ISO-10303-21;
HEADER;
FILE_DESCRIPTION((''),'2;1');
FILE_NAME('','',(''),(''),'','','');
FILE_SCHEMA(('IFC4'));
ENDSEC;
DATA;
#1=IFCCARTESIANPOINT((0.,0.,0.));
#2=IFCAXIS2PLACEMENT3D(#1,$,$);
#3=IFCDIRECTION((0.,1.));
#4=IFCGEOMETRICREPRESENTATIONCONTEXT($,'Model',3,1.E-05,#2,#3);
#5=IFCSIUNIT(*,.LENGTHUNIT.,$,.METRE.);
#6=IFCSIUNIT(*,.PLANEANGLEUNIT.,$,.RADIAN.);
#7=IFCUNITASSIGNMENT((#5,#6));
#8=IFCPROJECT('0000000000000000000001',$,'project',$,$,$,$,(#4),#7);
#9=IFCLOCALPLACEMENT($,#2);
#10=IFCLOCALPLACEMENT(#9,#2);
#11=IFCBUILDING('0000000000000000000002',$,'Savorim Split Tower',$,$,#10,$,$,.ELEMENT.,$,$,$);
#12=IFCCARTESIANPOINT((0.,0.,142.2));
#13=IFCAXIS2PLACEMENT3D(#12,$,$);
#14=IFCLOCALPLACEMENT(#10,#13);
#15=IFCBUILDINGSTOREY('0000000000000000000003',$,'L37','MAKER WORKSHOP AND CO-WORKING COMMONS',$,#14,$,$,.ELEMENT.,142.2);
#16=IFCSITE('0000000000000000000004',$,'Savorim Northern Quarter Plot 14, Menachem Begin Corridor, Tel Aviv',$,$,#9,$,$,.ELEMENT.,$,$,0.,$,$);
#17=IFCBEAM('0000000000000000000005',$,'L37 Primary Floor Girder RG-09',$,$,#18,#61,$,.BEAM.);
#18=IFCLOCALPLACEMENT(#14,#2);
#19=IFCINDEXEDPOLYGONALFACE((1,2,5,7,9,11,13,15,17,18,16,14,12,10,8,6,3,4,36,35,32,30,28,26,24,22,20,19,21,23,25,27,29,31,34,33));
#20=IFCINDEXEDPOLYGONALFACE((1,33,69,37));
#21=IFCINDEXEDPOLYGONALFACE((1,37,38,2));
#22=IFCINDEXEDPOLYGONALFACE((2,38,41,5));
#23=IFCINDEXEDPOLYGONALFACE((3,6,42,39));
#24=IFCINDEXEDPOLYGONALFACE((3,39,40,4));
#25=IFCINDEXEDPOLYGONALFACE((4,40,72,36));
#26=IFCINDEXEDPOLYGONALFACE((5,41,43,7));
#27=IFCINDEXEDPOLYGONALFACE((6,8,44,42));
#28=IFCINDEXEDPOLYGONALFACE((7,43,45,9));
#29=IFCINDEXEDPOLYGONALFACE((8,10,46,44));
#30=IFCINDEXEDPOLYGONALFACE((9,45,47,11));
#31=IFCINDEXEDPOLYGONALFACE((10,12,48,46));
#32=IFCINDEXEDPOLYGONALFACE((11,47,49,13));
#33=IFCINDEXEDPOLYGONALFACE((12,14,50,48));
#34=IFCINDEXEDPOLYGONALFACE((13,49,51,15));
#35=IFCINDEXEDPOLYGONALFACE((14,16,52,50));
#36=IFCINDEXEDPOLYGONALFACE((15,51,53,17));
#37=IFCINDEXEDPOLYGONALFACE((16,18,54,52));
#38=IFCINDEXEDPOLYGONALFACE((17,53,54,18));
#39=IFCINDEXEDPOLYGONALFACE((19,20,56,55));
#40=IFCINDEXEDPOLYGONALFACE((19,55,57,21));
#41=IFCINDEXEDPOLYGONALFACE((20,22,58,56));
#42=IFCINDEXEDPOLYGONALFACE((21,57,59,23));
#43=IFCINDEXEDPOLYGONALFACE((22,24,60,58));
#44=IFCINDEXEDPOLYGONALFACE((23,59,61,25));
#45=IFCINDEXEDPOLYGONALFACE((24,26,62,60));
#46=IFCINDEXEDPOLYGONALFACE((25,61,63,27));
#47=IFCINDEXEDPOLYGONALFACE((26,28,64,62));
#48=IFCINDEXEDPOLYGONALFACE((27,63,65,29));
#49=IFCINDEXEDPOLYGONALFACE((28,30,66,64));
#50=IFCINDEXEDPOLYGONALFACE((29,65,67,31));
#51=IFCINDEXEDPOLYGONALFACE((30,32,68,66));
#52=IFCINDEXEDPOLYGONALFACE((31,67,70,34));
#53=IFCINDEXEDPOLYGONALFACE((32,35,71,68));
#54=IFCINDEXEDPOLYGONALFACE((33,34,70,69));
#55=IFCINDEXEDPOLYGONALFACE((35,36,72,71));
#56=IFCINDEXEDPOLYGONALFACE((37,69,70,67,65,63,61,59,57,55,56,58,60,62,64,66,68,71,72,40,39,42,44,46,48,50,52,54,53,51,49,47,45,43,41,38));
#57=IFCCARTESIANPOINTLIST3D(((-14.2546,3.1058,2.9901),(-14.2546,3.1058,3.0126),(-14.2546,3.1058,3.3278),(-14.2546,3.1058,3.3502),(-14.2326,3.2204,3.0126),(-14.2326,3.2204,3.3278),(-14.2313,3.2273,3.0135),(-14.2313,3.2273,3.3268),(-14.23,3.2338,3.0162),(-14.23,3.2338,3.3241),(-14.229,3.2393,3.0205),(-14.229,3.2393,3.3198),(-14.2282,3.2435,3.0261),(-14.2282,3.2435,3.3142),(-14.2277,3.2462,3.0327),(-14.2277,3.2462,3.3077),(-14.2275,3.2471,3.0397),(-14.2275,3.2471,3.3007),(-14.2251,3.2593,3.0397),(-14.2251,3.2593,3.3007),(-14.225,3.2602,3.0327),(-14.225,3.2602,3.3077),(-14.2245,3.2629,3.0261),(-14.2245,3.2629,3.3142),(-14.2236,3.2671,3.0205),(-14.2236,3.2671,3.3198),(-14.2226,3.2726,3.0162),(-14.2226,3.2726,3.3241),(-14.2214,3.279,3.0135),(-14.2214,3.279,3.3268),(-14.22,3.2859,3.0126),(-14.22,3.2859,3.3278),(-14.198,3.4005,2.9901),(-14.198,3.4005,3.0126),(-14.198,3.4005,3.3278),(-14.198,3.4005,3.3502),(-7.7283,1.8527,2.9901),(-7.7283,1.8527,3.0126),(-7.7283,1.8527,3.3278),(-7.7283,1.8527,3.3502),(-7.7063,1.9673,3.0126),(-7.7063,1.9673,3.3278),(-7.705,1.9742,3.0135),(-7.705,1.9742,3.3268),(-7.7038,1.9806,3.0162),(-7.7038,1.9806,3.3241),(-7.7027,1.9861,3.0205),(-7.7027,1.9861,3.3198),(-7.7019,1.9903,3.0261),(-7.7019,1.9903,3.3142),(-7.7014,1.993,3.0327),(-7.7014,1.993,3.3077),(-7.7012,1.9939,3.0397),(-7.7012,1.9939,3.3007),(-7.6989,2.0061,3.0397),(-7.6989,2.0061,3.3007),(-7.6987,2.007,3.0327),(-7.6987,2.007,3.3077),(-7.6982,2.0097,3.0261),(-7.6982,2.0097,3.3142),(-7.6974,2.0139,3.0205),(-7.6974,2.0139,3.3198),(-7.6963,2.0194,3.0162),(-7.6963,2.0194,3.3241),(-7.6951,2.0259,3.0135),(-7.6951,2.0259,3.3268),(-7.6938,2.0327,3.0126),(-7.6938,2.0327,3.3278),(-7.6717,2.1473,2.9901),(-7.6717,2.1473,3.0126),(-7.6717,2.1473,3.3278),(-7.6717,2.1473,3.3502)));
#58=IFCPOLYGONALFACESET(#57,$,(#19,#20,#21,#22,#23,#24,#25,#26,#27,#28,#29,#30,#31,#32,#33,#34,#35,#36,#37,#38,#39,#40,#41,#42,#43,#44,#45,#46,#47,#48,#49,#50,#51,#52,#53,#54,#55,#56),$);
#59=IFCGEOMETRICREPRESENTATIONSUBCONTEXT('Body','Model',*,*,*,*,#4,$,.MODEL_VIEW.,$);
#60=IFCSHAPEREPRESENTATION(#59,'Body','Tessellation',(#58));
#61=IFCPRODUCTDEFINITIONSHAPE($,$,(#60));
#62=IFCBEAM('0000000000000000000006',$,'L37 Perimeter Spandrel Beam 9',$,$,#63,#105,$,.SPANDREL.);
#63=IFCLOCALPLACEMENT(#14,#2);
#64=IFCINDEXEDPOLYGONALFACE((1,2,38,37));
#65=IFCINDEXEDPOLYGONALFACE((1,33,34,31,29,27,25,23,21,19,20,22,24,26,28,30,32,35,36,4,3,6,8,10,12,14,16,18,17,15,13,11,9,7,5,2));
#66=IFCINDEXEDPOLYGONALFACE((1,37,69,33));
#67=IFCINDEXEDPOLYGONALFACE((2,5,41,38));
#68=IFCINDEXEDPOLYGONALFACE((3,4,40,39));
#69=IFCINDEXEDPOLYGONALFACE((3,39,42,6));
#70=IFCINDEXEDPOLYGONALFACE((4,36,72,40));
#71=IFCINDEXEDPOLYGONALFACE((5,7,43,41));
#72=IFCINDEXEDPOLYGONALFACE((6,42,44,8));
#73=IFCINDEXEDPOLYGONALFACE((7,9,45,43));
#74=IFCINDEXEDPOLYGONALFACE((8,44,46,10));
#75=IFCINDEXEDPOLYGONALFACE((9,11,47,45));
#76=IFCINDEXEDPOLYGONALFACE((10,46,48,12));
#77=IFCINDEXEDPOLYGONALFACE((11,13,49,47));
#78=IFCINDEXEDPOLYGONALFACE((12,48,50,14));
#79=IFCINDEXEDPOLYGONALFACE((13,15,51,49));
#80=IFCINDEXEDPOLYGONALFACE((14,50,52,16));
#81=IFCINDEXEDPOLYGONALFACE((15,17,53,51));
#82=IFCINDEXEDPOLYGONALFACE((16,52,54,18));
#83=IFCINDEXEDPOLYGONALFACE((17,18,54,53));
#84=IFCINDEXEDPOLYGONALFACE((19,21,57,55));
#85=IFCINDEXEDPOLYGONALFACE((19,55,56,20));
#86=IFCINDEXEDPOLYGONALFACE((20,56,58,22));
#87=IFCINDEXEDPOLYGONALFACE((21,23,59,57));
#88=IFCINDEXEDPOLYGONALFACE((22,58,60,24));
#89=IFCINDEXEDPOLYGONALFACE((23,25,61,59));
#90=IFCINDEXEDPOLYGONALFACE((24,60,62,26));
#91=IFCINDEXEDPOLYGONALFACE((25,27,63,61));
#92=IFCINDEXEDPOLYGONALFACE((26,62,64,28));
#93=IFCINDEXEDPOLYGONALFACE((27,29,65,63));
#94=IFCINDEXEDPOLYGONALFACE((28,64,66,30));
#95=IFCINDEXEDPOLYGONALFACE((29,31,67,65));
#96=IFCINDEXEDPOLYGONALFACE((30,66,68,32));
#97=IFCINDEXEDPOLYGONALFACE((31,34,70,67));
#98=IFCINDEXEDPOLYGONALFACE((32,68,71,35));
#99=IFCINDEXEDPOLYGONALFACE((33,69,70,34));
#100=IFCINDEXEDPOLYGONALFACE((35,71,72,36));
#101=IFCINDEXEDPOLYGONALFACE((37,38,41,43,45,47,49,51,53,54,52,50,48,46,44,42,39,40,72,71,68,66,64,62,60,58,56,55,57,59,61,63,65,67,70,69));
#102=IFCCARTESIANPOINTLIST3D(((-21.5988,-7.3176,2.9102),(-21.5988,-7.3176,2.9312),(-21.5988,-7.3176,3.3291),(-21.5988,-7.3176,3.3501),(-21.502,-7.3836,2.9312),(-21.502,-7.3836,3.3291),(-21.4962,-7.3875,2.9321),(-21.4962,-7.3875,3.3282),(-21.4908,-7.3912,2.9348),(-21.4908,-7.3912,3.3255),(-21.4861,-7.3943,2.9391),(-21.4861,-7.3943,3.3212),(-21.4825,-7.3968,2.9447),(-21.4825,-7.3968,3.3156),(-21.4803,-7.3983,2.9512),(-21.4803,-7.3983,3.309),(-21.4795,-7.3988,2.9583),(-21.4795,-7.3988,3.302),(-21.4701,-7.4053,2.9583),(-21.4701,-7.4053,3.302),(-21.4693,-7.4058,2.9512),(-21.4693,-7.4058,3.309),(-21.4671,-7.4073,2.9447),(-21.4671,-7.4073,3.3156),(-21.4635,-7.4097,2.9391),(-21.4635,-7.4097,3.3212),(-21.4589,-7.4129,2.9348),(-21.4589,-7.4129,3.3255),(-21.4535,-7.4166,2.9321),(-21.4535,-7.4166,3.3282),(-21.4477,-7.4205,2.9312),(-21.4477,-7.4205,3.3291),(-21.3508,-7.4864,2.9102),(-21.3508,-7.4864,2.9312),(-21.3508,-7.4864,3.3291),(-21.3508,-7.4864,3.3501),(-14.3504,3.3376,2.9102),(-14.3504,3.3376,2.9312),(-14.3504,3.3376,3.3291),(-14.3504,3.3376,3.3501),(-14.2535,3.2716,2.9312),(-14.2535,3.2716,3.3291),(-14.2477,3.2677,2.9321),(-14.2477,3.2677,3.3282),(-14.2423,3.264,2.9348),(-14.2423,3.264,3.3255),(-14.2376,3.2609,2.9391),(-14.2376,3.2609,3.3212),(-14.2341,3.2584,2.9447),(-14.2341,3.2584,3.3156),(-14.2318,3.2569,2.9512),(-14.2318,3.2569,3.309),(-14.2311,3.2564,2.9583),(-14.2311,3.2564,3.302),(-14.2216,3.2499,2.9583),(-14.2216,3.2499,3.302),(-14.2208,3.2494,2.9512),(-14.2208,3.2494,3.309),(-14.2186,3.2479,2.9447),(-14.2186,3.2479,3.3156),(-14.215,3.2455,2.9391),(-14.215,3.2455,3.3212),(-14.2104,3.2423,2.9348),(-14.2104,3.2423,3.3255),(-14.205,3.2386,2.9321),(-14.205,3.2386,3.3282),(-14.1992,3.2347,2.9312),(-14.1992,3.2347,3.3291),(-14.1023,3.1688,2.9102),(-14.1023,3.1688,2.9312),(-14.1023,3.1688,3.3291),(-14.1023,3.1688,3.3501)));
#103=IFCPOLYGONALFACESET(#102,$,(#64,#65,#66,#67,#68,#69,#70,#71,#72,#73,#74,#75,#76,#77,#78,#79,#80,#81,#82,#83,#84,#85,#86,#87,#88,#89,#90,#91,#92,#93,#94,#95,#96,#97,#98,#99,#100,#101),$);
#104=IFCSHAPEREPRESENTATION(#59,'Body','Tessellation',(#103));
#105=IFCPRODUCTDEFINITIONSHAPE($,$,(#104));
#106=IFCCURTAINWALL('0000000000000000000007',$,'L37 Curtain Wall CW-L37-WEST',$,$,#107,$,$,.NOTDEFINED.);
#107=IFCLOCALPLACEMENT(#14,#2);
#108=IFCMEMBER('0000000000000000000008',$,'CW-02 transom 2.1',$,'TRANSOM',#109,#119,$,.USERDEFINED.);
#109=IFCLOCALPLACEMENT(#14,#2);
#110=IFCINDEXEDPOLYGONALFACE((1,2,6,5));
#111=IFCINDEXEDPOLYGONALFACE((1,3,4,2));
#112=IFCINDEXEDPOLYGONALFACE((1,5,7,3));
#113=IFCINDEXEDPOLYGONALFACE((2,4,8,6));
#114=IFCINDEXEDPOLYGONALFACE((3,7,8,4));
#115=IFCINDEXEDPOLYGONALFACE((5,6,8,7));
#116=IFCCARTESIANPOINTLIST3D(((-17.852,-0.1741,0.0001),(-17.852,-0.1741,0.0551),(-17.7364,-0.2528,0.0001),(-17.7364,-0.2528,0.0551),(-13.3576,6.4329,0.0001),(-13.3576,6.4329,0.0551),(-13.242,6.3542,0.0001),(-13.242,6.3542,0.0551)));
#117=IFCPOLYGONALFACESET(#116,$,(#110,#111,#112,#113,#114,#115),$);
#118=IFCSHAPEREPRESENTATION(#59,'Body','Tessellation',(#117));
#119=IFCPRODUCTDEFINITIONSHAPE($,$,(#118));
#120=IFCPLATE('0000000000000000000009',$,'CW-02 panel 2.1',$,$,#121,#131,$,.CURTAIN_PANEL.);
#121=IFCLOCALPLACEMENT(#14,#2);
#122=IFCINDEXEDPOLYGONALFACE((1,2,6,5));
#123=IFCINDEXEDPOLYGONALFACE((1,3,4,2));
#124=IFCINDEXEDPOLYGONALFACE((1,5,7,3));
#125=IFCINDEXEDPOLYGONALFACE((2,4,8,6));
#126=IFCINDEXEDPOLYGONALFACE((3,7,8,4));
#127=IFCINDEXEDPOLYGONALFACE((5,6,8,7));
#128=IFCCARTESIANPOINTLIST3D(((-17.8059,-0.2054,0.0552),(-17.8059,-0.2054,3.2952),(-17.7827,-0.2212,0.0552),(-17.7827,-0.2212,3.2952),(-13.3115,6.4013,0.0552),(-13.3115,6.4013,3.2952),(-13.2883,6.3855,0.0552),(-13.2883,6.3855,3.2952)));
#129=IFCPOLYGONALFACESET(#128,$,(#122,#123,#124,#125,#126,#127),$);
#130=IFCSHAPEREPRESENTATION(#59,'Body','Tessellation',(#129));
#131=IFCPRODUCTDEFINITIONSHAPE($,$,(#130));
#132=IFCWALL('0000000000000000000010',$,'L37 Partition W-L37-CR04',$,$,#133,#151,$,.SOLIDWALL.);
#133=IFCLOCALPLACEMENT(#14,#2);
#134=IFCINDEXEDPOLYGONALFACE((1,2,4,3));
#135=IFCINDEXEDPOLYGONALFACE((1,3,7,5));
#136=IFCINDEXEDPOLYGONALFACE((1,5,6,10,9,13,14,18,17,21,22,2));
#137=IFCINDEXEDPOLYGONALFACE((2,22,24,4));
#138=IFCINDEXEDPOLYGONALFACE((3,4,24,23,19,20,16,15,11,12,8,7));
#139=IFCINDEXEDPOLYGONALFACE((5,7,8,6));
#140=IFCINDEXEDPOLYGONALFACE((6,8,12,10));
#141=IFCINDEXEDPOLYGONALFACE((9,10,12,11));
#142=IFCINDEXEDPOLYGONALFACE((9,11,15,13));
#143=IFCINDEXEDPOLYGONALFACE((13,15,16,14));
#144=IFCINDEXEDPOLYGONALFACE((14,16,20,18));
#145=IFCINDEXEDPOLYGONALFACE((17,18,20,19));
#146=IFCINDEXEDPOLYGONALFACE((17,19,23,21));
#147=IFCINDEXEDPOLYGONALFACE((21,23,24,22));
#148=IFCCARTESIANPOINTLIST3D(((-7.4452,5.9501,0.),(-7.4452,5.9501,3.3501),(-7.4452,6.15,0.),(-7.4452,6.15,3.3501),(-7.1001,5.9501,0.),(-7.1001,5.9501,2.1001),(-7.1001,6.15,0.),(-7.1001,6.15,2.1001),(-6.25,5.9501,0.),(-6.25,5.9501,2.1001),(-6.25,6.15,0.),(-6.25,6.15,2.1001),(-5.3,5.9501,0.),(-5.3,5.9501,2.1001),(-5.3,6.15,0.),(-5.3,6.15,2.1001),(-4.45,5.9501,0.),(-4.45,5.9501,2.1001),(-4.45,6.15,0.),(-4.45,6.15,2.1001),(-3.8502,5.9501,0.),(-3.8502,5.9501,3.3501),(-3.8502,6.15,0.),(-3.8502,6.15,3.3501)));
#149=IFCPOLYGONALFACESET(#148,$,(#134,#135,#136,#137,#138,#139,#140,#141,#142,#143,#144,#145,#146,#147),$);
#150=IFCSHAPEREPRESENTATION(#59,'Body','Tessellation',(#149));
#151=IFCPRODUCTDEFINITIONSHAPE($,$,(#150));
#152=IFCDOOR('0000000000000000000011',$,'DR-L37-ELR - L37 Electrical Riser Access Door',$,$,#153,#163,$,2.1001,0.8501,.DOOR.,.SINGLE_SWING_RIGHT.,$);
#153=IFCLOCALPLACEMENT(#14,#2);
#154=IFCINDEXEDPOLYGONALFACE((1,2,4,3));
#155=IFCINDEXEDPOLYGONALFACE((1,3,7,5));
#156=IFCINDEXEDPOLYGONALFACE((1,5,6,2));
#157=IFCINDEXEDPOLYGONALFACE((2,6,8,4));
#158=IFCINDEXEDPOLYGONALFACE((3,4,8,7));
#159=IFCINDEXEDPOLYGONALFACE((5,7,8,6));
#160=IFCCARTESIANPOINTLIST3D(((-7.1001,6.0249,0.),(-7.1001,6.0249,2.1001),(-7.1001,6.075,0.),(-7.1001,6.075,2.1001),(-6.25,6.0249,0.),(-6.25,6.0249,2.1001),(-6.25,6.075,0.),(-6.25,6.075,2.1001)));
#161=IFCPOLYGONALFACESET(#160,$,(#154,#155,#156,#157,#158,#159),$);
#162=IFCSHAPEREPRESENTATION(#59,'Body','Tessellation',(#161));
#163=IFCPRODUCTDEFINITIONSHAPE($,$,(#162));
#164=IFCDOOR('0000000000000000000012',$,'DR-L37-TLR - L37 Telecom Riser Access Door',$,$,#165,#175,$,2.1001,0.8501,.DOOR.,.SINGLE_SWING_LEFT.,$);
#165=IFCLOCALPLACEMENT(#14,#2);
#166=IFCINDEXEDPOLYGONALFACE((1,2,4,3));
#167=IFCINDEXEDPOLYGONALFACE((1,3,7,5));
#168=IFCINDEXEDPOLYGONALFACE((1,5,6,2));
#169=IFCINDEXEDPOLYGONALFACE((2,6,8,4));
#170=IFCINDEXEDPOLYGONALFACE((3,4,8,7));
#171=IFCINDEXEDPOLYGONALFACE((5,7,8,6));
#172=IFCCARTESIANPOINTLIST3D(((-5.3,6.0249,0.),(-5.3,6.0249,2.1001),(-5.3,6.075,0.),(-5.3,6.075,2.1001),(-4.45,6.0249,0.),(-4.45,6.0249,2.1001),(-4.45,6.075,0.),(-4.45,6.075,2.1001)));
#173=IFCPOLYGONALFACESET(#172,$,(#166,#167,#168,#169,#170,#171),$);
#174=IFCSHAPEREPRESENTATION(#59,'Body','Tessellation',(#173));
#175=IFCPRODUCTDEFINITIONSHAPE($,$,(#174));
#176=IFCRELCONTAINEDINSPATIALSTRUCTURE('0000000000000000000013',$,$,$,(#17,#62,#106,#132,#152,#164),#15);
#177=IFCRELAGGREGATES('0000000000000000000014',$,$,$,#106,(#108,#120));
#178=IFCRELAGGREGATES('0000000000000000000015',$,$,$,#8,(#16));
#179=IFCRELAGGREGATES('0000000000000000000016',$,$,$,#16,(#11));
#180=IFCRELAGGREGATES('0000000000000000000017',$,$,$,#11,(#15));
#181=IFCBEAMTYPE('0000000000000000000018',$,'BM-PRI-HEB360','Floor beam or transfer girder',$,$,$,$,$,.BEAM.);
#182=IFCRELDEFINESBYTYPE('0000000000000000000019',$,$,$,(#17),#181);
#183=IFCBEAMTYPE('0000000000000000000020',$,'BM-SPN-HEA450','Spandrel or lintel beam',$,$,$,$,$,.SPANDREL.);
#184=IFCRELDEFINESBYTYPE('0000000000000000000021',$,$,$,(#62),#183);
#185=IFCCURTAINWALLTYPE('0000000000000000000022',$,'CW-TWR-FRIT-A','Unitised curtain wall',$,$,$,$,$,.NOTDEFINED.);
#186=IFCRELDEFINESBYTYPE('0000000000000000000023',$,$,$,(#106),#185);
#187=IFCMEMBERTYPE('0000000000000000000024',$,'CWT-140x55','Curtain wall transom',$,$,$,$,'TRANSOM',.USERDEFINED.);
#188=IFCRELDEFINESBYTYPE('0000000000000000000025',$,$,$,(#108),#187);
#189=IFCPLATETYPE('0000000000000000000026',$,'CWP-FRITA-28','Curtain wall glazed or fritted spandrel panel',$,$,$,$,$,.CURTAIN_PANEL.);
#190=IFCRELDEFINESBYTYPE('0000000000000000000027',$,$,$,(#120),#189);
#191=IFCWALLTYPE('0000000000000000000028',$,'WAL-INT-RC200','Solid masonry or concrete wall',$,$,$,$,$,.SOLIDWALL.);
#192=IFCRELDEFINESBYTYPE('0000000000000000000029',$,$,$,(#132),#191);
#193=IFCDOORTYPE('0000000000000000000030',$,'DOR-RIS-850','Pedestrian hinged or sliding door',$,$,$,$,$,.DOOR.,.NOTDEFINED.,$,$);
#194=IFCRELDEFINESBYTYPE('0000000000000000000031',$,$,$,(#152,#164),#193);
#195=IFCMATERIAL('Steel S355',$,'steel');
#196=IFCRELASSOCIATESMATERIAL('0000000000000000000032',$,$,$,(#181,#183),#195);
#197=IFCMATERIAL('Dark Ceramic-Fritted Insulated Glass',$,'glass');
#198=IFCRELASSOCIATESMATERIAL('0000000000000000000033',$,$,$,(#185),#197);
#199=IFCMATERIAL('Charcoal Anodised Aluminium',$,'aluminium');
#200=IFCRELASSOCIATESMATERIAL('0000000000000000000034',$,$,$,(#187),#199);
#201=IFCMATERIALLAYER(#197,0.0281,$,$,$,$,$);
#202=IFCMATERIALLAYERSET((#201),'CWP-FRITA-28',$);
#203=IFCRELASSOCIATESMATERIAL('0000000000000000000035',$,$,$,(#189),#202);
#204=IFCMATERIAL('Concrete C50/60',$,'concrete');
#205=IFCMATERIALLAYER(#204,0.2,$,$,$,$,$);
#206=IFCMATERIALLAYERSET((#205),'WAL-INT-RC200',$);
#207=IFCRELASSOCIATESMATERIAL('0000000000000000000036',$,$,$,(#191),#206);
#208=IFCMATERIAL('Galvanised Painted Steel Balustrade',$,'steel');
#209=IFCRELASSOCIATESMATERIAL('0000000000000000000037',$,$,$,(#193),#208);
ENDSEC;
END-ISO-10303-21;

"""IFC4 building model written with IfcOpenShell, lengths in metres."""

from ifc_helpers import new_model, si_unit, direction, frame, frame_2d, origin, origin_2d, place, context, subcontext, project, spatial, rectangle, i_section, extrude, material, layer, layer_set, material_profile, profile_set, type_object, element, fill, aggregate, save


model = new_model("IFC4")

# Units and contexts
model_context = context("Model", 3, precision=1e-05, world=origin(), true_north=direction((0.0, 1.0)))
body_context = subcontext(model_context, "Body", "Model", "MODEL_VIEW")
ifc_project = project(units=[si_unit("LENGTHUNIT", "METRE"), si_unit("PLANEANGLEUNIT", "RADIAN")], contexts=[model_context])

# Site, building, storey
site_placement = place(None, origin())
site = spatial("IfcSite", under=ifc_project, at=site_placement, Name="Savorim Northern Quarter Plot 14, Menachem Begin Corridor, Tel Aviv", CompositionType="ELEMENT", RefElevation=0.0)
building_placement = place(site_placement, origin())
building = spatial("IfcBuilding", under=site, at=building_placement, Name="Savorim Split Tower", CompositionType="ELEMENT")
storey_placement = place(building_placement, frame((0.0, 0.0, 142.2)))
storey = spatial("IfcBuildingStorey", under=building, at=storey_placement, Name="L37", Description="MAKER WORKSHOP AND CO-WORKING COMMONS", CompositionType="ELEMENT", Elevation=142.2)

# Beams
ifc_material_1 = material(Name="Steel S355", Category="steel")
ifc_material_profile_1 = material_profile(ifc_material_1, i_section(OverallWidth=0.3, OverallDepth=0.3601, WebThickness=0.0125, FlangeThickness=0.0225, FilletRadius=0.0271, at=origin_2d()), Name="HEB 360")
ifc_profile_set_1 = profile_set([ifc_material_profile_1], Name="Steel S355")
beam_type_1 = type_object("IfcBeamType", Name="BM-PRI-HEB360", Description="Floor beam or transfer girder", PredefinedType="BEAM", material=ifc_profile_set_1)
beam_1_placement = place(storey_placement, frame((-14.2263, 3.2532, 3.1702), z_axis=(0.982059, -0.188572, 0.0), x_axis=(0.188572, 0.982059, 0.0)))
element("IfcBeam", 1, at=beam_1_placement, inside=storey, type_object=beam_type_1, Name="L37 Primary Floor Girder RG-09", PredefinedType="BEAM", context=body_context, shape_type="SweptSolid", body=[
    extrude(i_section(OverallWidth=0.3, OverallDepth=0.3601, WebThickness=0.0125, FlangeThickness=0.0225, FilletRadius=0.0271, at=origin_2d()), origin(), (0.0, 0.0, 1.0), 6.6455),
])
ifc_material_profile_2 = material_profile(ifc_material_1, i_section(OverallWidth=0.3, OverallDepth=0.4399, WebThickness=0.0115, FlangeThickness=0.021, FilletRadius=0.0271, at=origin_2d()), Name="HEA 450")
ifc_profile_set_2 = profile_set([ifc_material_profile_2], Name="Steel S355")
beam_type_2 = type_object("IfcBeamType", Name="BM-SPN-HEA450", Description="Spandrel or lintel beam", PredefinedType="SPANDREL", material=ifc_profile_set_2)
beam_2_placement = place(storey_placement, frame((-14.2263, 3.2532, 3.1301), z_axis=(-0.562467, -0.82682, 0.0), x_axis=(0.82682, -0.562467, 0.0)))
element("IfcBeam", 2, at=beam_2_placement, inside=storey, type_object=beam_type_2, Name="L37 Perimeter Spandrel Beam 9", PredefinedType="SPANDREL", context=body_context, shape_type="SweptSolid", body=[
    extrude(i_section(OverallWidth=0.3, OverallDepth=0.4399, WebThickness=0.0115, FlangeThickness=0.021, FilletRadius=0.0271, at=origin_2d()), origin(), (0.0, 0.0, 1.0), 12.887),
])

# Curtain wall, member, plate
ifc_material_2 = material(Name="Dark Ceramic-Fritted Insulated Glass", Category="glass")
curtain_wall_type = type_object("IfcCurtainWallType", Name="CW-TWR-FRIT-A", Description="Unitised curtain wall", PredefinedType="NOTDEFINED", material=ifc_material_2)
curtain_wall_placement = place(storey_placement, origin())
curtain_wall = element("IfcCurtainWall", 3, at=curtain_wall_placement, inside=storey, type_object=curtain_wall_type, Name="L37 Curtain Wall CW-L37-WEST", PredefinedType="NOTDEFINED")
ifc_material_3 = material(Name="Charcoal Anodised Aluminium", Category="aluminium")
ifc_material_profile_3 = material_profile(ifc_material_3, rectangle(XDim=0.1399, YDim=0.0549, at=origin_2d()), Name="ALU-T 140x55")
ifc_profile_set_3 = profile_set([ifc_material_profile_3], Name="Charcoal Anodised Aluminium")
member_type = type_object("IfcMemberType", Name="CWT-140x55", Description="Curtain wall transom", ElementType="TRANSOM", PredefinedType="USERDEFINED", material=ifc_profile_set_3)
member_placement = place(storey_placement, frame((-13.2998, 6.3936, 0.0276), z_axis=(-0.562453, -0.826829, 0.0), x_axis=(0.826829, -0.562453, 0.0)))
member = element("IfcMember", 4, at=member_placement, type_object=member_type, Name="CW-02 transom 2.1", ObjectType="TRANSOM", PredefinedType="USERDEFINED", context=body_context, shape_type="SweptSolid", body=[
    extrude(rectangle(XDim=0.1399, YDim=0.0549, at=origin_2d()), origin(), (0.0, 0.0, 1.0), 7.9907),
])
ifc_layer_1 = layer(ifc_material_2, 0.0281)
ifc_layer_set_1 = layer_set([ifc_layer_1], Name="CWP-FRITA-28")
plate_type = type_object("IfcPlateType", Name="CWP-FRITA-28", Description="Curtain wall glazed or fritted spandrel panel", PredefinedType="CURTAIN_PANEL", material=ifc_layer_set_1)
plate_placement = place(storey_placement, frame((-15.5471, 3.0901, 0.0552), z_axis=(0.0, 0.0, 1.0), x_axis=(-0.562466, -0.82682, 0.0)))
plate = element("IfcPlate", 5, at=plate_placement, type_object=plate_type, Name="CW-02 panel 2.1", PredefinedType="CURTAIN_PANEL", context=body_context, shape_type="SweptSolid", body=[
    extrude(rectangle(XDim=7.9905, YDim=0.0281, at=origin_2d()), origin(), (0.0, 0.0, 1.0), 3.24),
])
aggregate(curtain_wall, [member, plate])

# Wall, openings, doors
ifc_material_4 = material(Name="Concrete C50/60", Category="concrete")
ifc_layer_2 = layer(ifc_material_4, 0.2)
ifc_layer_set_2 = layer_set([ifc_layer_2], Name="WAL-INT-RC200")
wall_type_1 = type_object("IfcWallType", Name="WAL-INT-RC200", Description="Solid masonry or concrete wall", PredefinedType="SOLIDWALL", material=ifc_layer_set_2)
wall_1_placement = place(storey_placement, frame((-7.4451, 6.05, 0.0), z_axis=(0.0, 0.0, 1.0), x_axis=(1.0, 0.0, 0.0)))
wall_1 = element("IfcWall", 6, at=wall_1_placement, inside=storey, type_object=wall_type_1, Name="L37 Partition W-L37-CR04", PredefinedType="SOLIDWALL", context=body_context, shape_type="SweptSolid", body=[
    extrude(rectangle(XDim=3.595, YDim=0.2, at=frame_2d((1.7974, 0.0))), origin(), (0.0, 0.0, 1.0), 3.3501),
])
opening_1_placement = place(wall_1_placement, frame((0.345, 0.0, 0.0)))
opening_1 = element("IfcOpeningElement", 7, at=opening_1_placement, cuts=wall_1, PredefinedType="OPENING", context=body_context, shape_type="SweptSolid", body=[
    extrude(rectangle(XDim=0.8501, YDim=2.1001, at=frame_2d((0.425, 1.05))), frame((0.0, 0.1099, 0.0), z_axis=(0.0, -1.0, 0.0), x_axis=(1.0, 0.0, 0.0)), (0.0, 0.0, 1.0), 0.22),
])
opening_2_placement = place(wall_1_placement, frame((2.145, 0.0, 0.0)))
opening_2 = element("IfcOpeningElement", 8, at=opening_2_placement, cuts=wall_1, PredefinedType="OPENING", context=body_context, shape_type="SweptSolid", body=[
    extrude(rectangle(XDim=0.8501, YDim=2.1001, at=frame_2d((0.425, 1.05))), frame((0.0, 0.1099, 0.0), z_axis=(0.0, -1.0, 0.0), x_axis=(1.0, 0.0, 0.0)), (0.0, 0.0, 1.0), 0.22),
])
ifc_material_5 = material(Name="Galvanised Painted Steel Balustrade", Category="steel")
door_type = type_object("IfcDoorType", Name="DOR-RIS-850", Description="Pedestrian hinged or sliding door", OperationType="NOTDEFINED", PredefinedType="DOOR", material=ifc_material_5)
door_1_placement = place(opening_1_placement, origin())
door_1 = element("IfcDoor", 9, at=door_1_placement, inside=storey, type_object=door_type, Name="DR-L37-ELR - L37 Electrical Riser Access Door", OperationType="SINGLE_SWING_RIGHT", OverallHeight=2.1001, OverallWidth=0.8501, PredefinedType="DOOR", context=body_context, shape_type="SweptSolid", body=[
    extrude(rectangle(XDim=0.8501, YDim=2.1001, at=frame_2d((0.425, 1.05))), frame((0.0, 0.0249, 0.0), z_axis=(0.0, -1.0, 0.0), x_axis=(1.0, 0.0, 0.0)), (0.0, 0.0, 1.0), 0.05),
])
fill(opening_1, door_1)
door_2_placement = place(opening_2_placement, origin())
door_2 = element("IfcDoor", 10, at=door_2_placement, inside=storey, type_object=door_type, Name="DR-L37-TLR - L37 Telecom Riser Access Door", OperationType="SINGLE_SWING_LEFT", OverallHeight=2.1001, OverallWidth=0.8501, PredefinedType="DOOR", context=body_context, shape_type="SweptSolid", body=[
    extrude(rectangle(XDim=0.8501, YDim=2.1001, at=frame_2d((0.425, 1.05))), frame((0.0, 0.0249, 0.0), z_axis=(0.0, -1.0, 0.0), x_axis=(1.0, 0.0, 0.0)), (0.0, 0.0, 1.0), 0.05),
])
fill(opening_2, door_2)

save(model, "model.ifc")
